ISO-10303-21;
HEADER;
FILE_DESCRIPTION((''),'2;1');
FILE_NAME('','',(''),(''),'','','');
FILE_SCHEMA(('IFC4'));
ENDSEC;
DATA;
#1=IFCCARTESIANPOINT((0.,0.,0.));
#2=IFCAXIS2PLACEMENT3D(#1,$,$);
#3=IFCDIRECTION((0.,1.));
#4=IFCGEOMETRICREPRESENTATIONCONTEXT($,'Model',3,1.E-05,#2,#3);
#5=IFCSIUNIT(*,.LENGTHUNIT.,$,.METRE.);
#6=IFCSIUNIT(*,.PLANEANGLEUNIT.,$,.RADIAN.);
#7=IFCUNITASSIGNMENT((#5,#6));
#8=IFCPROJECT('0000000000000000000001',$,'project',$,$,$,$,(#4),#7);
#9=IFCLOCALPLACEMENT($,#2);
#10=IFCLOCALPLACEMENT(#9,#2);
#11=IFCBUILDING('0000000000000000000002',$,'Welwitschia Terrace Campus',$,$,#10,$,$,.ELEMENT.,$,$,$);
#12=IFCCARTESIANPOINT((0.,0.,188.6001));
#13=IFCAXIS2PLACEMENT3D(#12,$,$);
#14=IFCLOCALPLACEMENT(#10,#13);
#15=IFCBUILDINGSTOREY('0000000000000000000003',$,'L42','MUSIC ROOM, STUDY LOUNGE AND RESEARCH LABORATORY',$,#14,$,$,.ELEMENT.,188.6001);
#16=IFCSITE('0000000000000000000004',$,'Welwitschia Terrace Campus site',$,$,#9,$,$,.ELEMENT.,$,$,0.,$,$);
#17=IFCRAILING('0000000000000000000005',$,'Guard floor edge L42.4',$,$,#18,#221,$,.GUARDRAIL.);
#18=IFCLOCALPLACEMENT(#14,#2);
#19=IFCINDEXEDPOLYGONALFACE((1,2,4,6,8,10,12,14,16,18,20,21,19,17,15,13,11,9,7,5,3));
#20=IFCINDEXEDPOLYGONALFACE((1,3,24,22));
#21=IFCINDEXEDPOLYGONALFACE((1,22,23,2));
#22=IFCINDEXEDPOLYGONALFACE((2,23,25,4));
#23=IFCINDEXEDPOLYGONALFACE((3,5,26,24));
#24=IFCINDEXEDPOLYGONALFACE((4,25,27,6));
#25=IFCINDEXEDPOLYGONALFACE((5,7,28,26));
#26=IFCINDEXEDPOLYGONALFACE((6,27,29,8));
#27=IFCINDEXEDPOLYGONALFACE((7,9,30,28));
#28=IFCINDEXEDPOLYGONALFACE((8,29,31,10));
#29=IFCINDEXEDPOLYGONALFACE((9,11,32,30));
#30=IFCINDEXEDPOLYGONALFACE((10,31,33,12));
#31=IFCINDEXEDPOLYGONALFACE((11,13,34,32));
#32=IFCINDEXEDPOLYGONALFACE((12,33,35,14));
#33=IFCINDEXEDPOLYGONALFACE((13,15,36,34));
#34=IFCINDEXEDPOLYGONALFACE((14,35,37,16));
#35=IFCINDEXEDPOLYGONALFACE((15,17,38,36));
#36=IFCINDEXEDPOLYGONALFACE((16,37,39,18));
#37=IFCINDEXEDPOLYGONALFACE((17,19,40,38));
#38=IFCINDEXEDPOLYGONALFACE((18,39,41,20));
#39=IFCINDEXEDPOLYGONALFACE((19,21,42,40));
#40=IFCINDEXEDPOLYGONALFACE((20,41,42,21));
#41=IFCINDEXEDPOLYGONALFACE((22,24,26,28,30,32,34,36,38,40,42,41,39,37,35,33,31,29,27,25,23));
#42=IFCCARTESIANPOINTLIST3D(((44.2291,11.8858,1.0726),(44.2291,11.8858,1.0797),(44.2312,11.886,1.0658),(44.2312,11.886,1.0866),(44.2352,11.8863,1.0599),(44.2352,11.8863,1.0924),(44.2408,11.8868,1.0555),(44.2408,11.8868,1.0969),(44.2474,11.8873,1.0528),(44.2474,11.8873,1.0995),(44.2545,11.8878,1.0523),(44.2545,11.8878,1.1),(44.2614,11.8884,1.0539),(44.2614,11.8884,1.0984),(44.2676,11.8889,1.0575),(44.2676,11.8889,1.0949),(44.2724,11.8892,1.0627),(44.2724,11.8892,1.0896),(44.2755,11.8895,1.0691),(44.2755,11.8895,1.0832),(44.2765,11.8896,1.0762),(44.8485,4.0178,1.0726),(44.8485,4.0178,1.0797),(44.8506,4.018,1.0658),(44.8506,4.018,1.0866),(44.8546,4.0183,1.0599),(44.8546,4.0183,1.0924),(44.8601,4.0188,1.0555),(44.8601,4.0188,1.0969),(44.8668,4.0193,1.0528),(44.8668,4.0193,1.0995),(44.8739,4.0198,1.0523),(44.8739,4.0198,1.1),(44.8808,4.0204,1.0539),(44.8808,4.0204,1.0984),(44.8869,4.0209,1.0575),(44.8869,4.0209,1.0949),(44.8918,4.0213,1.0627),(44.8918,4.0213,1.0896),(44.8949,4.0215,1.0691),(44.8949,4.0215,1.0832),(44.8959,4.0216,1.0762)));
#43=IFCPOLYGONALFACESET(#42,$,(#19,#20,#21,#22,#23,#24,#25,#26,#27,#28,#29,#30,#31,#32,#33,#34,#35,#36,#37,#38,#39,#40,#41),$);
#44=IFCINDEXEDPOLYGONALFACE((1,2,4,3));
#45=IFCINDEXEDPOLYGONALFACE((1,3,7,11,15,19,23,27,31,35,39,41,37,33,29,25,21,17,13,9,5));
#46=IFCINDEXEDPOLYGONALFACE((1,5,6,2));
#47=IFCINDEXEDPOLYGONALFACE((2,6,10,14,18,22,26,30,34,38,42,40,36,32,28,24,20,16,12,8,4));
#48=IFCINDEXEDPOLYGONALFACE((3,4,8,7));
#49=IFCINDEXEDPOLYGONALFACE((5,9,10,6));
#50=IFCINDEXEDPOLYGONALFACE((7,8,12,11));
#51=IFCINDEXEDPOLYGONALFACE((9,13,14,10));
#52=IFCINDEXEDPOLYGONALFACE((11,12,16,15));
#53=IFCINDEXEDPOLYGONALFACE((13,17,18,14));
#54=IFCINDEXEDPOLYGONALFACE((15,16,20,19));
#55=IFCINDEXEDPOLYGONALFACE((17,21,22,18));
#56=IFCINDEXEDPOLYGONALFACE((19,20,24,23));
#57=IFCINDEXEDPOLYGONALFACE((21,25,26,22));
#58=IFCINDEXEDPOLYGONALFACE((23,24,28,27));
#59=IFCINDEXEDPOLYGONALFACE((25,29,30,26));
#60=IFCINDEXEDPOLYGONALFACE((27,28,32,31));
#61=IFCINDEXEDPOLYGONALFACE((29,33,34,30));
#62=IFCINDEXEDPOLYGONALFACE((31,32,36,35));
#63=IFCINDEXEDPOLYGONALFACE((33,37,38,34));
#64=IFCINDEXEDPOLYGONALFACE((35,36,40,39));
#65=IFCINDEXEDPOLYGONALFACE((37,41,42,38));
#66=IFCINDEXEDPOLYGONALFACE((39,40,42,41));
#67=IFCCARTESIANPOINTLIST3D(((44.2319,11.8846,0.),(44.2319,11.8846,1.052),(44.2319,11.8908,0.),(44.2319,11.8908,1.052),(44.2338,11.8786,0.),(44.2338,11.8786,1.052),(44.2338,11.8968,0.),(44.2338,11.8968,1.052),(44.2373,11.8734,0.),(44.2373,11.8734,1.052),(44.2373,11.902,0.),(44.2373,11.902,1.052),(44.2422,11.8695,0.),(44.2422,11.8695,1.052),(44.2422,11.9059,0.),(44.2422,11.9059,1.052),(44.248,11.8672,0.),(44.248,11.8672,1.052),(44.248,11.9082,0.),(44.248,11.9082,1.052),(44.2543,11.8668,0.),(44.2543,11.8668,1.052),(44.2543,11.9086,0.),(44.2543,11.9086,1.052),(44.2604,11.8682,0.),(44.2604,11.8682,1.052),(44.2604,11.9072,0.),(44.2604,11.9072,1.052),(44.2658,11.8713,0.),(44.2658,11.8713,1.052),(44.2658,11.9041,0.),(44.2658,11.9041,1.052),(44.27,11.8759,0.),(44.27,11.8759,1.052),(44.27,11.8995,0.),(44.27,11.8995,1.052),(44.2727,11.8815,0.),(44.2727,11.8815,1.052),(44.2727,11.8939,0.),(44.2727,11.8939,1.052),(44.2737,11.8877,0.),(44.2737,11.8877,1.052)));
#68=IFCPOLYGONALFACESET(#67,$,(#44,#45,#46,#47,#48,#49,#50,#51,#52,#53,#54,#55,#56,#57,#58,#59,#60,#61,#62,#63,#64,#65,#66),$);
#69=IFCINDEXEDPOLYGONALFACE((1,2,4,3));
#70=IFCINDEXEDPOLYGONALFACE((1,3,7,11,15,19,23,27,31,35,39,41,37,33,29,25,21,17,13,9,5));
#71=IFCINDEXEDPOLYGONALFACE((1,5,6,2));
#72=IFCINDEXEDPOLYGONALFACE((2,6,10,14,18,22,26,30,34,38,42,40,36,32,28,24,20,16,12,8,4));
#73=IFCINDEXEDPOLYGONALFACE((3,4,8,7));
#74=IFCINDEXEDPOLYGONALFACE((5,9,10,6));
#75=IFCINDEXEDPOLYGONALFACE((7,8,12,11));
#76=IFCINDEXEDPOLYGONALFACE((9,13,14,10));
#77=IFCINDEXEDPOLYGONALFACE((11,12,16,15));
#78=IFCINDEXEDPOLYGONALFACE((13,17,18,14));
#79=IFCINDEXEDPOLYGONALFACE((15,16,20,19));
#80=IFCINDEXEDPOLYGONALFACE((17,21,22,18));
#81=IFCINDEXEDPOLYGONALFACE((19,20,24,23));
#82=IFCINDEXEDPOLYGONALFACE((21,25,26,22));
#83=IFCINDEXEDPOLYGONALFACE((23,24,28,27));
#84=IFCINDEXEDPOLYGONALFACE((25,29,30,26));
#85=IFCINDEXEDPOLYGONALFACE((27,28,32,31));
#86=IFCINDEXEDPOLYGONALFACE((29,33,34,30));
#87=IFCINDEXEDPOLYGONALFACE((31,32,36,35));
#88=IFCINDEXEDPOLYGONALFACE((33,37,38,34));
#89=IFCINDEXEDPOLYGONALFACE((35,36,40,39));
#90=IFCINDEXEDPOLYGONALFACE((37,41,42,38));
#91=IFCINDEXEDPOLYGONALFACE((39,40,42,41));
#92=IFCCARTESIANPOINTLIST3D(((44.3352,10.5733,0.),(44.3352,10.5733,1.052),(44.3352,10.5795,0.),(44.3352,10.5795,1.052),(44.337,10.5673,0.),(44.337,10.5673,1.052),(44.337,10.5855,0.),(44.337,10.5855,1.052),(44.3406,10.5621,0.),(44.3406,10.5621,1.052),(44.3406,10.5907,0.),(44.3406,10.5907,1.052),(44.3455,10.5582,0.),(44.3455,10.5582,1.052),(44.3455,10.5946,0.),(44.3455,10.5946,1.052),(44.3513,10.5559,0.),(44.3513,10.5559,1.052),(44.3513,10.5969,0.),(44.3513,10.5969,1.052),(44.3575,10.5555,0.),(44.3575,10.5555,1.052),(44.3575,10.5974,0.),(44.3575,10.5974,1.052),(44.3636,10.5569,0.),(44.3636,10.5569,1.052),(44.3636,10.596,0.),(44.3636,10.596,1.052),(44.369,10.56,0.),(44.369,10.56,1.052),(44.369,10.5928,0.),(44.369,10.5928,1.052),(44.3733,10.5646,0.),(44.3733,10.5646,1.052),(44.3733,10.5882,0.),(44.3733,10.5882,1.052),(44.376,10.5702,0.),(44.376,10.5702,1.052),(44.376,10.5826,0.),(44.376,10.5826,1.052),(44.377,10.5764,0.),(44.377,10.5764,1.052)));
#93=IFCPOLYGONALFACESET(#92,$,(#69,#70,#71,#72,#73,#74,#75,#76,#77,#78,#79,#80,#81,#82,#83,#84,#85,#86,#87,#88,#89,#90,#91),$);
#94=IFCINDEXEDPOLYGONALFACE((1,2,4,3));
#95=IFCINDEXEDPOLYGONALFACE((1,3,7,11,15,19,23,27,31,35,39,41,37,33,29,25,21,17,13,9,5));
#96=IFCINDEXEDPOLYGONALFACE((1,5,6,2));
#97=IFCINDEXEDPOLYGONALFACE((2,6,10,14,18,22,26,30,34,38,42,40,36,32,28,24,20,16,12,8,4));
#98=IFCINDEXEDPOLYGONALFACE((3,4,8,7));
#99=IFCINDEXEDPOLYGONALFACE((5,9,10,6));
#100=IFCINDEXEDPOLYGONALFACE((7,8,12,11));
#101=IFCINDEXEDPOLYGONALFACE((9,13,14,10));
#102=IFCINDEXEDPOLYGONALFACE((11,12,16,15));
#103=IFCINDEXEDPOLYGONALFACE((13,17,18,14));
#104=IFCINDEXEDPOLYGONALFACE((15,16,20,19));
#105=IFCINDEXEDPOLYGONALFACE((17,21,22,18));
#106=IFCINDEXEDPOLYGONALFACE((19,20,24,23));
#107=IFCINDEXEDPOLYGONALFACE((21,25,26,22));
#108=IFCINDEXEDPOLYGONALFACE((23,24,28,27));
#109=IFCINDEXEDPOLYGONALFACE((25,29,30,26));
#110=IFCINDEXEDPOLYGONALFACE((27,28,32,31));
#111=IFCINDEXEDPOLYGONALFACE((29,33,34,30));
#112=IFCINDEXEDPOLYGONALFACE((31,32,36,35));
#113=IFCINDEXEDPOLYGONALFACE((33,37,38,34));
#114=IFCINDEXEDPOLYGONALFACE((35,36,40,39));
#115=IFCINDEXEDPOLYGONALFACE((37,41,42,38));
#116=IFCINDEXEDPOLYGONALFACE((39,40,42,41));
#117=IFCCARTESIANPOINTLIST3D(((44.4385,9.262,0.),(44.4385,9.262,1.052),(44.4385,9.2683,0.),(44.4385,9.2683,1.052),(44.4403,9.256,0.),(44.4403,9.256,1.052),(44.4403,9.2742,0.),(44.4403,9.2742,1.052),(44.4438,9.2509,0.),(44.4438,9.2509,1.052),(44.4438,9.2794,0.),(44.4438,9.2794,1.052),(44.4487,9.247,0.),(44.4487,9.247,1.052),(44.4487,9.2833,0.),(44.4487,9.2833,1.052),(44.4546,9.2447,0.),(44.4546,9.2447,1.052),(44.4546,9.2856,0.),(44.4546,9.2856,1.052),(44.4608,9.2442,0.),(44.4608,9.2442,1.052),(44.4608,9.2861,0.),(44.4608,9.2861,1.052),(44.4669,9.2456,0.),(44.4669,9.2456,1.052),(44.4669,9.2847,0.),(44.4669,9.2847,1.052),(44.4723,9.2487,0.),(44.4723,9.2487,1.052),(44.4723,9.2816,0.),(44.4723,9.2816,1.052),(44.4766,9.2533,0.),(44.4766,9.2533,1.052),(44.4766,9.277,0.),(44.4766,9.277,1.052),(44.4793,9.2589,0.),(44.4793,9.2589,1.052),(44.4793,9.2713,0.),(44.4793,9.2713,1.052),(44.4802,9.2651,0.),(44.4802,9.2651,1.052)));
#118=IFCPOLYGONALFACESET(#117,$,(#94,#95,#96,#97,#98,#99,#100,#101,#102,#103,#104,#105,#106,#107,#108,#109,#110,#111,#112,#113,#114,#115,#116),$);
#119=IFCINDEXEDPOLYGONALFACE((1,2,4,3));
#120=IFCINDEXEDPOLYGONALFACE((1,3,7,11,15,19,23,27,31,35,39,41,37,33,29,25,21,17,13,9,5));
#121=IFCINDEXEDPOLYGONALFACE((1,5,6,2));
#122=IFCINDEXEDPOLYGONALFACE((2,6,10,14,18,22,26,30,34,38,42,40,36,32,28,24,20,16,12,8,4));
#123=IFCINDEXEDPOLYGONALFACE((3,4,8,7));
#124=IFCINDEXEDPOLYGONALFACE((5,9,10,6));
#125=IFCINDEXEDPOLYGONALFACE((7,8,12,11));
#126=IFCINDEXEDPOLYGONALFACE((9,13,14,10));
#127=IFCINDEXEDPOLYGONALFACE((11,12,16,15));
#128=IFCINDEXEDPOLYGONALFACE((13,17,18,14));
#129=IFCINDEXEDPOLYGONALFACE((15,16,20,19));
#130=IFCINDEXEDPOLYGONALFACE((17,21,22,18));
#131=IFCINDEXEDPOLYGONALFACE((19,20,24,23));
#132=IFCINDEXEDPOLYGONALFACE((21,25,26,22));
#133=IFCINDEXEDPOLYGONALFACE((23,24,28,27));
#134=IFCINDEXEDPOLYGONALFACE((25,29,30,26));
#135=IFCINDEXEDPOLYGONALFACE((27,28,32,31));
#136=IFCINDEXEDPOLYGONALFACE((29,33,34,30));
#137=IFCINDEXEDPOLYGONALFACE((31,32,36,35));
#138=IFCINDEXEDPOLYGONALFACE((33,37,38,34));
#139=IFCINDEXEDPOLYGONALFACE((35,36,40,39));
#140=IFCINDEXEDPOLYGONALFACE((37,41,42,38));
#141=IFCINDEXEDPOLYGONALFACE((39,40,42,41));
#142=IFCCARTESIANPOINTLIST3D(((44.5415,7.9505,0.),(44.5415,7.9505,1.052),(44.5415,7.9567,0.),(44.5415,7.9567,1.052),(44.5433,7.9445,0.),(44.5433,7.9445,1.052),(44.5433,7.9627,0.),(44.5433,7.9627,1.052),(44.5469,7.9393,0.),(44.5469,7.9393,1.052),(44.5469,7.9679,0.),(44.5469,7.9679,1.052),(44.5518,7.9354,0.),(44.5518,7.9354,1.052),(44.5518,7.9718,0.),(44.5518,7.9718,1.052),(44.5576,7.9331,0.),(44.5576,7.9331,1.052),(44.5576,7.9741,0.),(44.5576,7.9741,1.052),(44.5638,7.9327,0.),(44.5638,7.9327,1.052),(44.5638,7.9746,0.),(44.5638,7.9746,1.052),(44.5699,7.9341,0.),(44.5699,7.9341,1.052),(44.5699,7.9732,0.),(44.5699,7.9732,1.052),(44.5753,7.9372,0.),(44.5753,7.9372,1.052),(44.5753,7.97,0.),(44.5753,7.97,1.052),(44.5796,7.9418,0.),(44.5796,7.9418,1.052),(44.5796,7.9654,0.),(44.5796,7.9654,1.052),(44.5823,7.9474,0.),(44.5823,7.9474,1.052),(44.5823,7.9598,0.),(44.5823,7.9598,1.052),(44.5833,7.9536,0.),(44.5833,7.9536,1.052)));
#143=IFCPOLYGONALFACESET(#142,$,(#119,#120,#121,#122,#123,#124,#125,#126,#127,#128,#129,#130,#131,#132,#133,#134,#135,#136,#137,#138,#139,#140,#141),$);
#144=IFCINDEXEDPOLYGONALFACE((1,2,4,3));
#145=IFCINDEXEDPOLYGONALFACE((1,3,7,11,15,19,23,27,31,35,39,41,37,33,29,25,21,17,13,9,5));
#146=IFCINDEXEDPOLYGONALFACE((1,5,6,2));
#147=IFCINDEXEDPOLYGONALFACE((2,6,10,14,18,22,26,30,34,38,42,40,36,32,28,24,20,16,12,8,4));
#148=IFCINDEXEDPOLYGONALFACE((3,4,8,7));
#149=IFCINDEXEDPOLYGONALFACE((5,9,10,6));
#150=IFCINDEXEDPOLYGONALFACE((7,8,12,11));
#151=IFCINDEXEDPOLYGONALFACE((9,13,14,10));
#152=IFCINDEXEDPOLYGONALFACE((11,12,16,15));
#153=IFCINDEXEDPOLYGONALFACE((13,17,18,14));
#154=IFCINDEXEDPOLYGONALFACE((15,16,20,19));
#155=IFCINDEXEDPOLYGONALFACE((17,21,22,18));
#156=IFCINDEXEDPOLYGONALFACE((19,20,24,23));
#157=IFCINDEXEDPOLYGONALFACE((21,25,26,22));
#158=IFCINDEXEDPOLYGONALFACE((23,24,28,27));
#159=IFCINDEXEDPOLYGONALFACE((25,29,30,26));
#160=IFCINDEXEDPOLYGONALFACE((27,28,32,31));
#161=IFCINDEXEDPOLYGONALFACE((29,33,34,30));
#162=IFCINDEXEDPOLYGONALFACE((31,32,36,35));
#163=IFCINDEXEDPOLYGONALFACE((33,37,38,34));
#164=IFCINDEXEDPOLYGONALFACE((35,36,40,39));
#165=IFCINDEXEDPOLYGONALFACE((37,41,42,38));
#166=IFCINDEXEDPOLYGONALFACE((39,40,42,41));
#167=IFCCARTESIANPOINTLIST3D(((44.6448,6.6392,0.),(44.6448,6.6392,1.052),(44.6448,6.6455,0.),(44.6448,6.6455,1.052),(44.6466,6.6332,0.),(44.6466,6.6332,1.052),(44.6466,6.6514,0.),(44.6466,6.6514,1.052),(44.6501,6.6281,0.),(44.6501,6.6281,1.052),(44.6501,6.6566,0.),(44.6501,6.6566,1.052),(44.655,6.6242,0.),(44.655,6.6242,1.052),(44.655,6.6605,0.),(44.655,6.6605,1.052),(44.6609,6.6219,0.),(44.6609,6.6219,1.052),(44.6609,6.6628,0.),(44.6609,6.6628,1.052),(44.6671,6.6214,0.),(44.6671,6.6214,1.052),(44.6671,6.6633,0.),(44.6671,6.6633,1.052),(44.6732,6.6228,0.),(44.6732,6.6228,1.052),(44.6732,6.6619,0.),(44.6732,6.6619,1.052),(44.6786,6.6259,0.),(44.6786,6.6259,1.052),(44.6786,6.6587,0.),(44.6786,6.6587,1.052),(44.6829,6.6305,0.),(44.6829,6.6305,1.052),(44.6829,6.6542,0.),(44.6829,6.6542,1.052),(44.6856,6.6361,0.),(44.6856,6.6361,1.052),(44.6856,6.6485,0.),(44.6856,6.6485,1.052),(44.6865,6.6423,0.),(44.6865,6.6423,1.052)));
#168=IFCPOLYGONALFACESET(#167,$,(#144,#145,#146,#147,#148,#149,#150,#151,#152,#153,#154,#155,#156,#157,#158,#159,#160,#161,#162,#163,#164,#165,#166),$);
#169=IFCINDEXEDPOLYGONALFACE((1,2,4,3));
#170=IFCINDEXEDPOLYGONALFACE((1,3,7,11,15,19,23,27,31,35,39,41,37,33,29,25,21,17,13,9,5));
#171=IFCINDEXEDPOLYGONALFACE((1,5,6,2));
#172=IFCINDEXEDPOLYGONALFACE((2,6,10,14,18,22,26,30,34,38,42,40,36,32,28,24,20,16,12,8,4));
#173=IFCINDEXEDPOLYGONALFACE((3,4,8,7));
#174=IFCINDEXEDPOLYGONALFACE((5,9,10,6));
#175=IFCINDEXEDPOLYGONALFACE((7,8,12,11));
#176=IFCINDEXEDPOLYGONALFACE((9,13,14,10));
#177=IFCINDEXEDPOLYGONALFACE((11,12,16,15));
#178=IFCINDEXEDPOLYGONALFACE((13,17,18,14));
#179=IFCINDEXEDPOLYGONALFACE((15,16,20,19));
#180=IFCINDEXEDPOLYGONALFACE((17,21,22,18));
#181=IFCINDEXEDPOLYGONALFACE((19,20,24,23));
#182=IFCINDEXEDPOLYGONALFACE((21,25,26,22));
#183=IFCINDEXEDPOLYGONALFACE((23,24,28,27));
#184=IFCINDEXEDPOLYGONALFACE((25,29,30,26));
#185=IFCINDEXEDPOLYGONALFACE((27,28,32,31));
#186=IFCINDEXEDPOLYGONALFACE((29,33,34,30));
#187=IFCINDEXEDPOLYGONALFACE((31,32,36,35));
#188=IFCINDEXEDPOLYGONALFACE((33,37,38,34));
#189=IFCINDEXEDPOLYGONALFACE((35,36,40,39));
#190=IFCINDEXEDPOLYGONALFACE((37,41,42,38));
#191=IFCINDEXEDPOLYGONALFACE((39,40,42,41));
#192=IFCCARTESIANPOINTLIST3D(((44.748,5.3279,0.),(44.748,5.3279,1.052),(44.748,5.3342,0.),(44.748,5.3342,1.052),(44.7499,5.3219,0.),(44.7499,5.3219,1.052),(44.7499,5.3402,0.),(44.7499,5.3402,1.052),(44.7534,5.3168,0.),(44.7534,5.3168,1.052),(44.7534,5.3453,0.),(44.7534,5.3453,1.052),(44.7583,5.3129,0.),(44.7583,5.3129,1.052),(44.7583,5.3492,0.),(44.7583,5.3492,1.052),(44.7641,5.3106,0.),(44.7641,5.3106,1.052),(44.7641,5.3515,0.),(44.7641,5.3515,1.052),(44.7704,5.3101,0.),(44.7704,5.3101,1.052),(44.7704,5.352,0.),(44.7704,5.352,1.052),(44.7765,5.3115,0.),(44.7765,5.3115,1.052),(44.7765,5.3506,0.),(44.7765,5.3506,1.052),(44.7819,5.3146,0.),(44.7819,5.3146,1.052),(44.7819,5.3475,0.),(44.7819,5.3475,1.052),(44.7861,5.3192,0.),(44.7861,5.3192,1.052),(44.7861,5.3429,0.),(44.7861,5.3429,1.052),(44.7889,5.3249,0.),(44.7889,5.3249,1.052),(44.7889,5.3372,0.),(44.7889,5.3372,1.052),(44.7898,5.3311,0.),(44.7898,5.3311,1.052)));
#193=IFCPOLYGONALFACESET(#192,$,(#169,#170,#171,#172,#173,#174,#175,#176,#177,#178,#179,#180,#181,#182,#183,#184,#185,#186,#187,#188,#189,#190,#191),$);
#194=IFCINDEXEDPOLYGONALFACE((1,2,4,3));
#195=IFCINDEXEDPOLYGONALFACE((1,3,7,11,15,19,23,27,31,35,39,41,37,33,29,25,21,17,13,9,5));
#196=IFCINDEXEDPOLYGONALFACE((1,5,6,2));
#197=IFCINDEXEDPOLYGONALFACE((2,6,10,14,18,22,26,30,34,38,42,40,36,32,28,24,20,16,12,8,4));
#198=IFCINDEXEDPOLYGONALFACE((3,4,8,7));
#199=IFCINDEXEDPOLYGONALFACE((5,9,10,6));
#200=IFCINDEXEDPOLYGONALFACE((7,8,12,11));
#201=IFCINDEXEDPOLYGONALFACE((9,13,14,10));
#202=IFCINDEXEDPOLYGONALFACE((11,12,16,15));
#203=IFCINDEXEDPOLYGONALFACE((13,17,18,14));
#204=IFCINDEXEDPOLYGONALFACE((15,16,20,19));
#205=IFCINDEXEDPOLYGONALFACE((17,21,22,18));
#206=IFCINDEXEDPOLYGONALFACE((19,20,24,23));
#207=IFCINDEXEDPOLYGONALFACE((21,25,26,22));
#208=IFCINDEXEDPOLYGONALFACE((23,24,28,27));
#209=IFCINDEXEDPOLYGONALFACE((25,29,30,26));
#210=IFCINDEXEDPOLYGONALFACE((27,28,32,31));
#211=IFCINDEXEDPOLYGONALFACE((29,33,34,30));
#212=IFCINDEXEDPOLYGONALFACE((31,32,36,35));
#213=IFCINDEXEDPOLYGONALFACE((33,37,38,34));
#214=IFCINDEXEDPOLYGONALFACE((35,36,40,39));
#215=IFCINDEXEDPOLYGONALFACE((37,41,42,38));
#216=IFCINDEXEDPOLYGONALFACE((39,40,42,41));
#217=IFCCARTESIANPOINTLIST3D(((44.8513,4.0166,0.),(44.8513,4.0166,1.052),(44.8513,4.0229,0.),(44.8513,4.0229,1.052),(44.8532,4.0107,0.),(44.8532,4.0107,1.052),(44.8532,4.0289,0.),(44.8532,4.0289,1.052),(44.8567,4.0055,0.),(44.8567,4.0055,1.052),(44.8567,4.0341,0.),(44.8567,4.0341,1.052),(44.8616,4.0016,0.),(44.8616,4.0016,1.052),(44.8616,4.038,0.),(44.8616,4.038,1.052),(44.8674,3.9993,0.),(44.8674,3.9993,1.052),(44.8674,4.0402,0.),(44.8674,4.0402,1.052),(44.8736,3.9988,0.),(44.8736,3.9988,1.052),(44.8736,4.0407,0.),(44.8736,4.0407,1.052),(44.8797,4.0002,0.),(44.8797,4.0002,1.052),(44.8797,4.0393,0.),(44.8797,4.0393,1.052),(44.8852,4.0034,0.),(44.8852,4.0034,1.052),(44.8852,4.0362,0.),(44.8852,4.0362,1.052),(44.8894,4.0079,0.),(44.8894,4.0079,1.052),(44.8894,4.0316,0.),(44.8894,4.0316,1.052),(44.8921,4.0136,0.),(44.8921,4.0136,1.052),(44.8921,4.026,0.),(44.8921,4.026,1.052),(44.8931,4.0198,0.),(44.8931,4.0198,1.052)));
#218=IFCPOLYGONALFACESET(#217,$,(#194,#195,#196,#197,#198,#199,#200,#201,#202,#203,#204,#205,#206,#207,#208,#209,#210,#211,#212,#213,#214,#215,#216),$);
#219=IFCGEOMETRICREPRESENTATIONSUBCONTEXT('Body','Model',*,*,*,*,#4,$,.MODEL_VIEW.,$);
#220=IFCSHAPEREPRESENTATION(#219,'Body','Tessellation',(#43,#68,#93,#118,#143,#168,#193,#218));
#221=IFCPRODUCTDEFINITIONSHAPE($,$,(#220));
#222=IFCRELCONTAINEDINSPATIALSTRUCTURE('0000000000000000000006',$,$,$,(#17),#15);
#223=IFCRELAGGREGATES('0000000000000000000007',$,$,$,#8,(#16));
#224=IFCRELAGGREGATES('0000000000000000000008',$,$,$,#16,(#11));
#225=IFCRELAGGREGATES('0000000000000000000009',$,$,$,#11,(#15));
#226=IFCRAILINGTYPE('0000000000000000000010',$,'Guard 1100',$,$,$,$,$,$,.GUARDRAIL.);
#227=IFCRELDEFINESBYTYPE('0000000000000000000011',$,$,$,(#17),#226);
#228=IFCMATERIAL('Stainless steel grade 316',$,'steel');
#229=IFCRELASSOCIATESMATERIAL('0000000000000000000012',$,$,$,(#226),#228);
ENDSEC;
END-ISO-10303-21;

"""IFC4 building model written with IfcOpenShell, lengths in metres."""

from ifc_helpers import new_model, si_unit, direction, frame, origin, origin_2d, place, context, subcontext, project, spatial, circle, extrude, material, type_object, element, save


model = new_model("IFC4")

# Units and contexts
model_context = context("Model", 3, precision=1e-05, world=origin(), true_north=direction((0.0, 1.0)))
body_context = subcontext(model_context, "Body", "Model", "MODEL_VIEW")
ifc_project = project(units=[si_unit("LENGTHUNIT", "METRE"), si_unit("PLANEANGLEUNIT", "RADIAN")], contexts=[model_context])

# Site, building, storey
site_placement = place(None, origin())
site = spatial("IfcSite", under=ifc_project, at=site_placement, Name="Welwitschia Terrace Campus site", CompositionType="ELEMENT", RefElevation=0.0)
building_placement = place(site_placement, origin())
building = spatial("IfcBuilding", under=site, at=building_placement, Name="Welwitschia Terrace Campus", CompositionType="ELEMENT")
storey_placement = place(building_placement, frame((0.0, 0.0, 188.6001)))
storey = spatial("IfcBuildingStorey", under=building, at=storey_placement, Name="L42", Description="MUSIC ROOM, STUDY LOUNGE AND RESEARCH LABORATORY", CompositionType="ELEMENT", Elevation=188.6001)

# Railing
ifc_material_1 = material(Name="Stainless steel grade 316", Category="steel")
railing_type = type_object("IfcRailingType", Name="Guard 1100", PredefinedType="GUARDRAIL", material=ifc_material_1)
railing_1_placement = place(storey_placement, frame((44.2527, 11.8877, 0.0)))
element("IfcRailing", 1, at=railing_1_placement, inside=storey, type_object=railing_type, Name="Guard floor edge L42.4", PredefinedType="GUARDRAIL", context=body_context, shape_type="SweptSolid", body=[
    extrude(circle(Radius=0.0239, at=origin_2d()), frame((0.0, 0.0, 1.0762), z_axis=(0.07848, -0.996916, 0.0), x_axis=(0.996916, 0.07848, 0.0)), (0.0, 0.0, 1.0), 7.8923),
    extrude(circle(Radius=0.021, at=origin_2d()), origin(), (0.0, 0.0, 1.0), 1.052),
    extrude(circle(Radius=0.021, at=origin_2d()), frame((0.1033, -1.3113, 0.0)), (0.0, 0.0, 1.0), 1.052),
    extrude(circle(Radius=0.021, at=origin_2d()), frame((0.2065, -2.6226, 0.0)), (0.0, 0.0, 1.0), 1.052),
    extrude(circle(Radius=0.021, at=origin_2d()), frame((0.3096, -3.9341, 0.0)), (0.0, 0.0, 1.0), 1.052),
    extrude(circle(Radius=0.021, at=origin_2d()), frame((0.4128, -5.2454, 0.0)), (0.0, 0.0, 1.0), 1.052),
    extrude(circle(Radius=0.021, at=origin_2d()), frame((0.5161, -6.5566, 0.0)), (0.0, 0.0, 1.0), 1.052),
    extrude(circle(Radius=0.021, at=origin_2d()), frame((0.6194, -7.8679, 0.0)), (0.0, 0.0, 1.0), 1.052),
])

save(model, "model.ifc")
